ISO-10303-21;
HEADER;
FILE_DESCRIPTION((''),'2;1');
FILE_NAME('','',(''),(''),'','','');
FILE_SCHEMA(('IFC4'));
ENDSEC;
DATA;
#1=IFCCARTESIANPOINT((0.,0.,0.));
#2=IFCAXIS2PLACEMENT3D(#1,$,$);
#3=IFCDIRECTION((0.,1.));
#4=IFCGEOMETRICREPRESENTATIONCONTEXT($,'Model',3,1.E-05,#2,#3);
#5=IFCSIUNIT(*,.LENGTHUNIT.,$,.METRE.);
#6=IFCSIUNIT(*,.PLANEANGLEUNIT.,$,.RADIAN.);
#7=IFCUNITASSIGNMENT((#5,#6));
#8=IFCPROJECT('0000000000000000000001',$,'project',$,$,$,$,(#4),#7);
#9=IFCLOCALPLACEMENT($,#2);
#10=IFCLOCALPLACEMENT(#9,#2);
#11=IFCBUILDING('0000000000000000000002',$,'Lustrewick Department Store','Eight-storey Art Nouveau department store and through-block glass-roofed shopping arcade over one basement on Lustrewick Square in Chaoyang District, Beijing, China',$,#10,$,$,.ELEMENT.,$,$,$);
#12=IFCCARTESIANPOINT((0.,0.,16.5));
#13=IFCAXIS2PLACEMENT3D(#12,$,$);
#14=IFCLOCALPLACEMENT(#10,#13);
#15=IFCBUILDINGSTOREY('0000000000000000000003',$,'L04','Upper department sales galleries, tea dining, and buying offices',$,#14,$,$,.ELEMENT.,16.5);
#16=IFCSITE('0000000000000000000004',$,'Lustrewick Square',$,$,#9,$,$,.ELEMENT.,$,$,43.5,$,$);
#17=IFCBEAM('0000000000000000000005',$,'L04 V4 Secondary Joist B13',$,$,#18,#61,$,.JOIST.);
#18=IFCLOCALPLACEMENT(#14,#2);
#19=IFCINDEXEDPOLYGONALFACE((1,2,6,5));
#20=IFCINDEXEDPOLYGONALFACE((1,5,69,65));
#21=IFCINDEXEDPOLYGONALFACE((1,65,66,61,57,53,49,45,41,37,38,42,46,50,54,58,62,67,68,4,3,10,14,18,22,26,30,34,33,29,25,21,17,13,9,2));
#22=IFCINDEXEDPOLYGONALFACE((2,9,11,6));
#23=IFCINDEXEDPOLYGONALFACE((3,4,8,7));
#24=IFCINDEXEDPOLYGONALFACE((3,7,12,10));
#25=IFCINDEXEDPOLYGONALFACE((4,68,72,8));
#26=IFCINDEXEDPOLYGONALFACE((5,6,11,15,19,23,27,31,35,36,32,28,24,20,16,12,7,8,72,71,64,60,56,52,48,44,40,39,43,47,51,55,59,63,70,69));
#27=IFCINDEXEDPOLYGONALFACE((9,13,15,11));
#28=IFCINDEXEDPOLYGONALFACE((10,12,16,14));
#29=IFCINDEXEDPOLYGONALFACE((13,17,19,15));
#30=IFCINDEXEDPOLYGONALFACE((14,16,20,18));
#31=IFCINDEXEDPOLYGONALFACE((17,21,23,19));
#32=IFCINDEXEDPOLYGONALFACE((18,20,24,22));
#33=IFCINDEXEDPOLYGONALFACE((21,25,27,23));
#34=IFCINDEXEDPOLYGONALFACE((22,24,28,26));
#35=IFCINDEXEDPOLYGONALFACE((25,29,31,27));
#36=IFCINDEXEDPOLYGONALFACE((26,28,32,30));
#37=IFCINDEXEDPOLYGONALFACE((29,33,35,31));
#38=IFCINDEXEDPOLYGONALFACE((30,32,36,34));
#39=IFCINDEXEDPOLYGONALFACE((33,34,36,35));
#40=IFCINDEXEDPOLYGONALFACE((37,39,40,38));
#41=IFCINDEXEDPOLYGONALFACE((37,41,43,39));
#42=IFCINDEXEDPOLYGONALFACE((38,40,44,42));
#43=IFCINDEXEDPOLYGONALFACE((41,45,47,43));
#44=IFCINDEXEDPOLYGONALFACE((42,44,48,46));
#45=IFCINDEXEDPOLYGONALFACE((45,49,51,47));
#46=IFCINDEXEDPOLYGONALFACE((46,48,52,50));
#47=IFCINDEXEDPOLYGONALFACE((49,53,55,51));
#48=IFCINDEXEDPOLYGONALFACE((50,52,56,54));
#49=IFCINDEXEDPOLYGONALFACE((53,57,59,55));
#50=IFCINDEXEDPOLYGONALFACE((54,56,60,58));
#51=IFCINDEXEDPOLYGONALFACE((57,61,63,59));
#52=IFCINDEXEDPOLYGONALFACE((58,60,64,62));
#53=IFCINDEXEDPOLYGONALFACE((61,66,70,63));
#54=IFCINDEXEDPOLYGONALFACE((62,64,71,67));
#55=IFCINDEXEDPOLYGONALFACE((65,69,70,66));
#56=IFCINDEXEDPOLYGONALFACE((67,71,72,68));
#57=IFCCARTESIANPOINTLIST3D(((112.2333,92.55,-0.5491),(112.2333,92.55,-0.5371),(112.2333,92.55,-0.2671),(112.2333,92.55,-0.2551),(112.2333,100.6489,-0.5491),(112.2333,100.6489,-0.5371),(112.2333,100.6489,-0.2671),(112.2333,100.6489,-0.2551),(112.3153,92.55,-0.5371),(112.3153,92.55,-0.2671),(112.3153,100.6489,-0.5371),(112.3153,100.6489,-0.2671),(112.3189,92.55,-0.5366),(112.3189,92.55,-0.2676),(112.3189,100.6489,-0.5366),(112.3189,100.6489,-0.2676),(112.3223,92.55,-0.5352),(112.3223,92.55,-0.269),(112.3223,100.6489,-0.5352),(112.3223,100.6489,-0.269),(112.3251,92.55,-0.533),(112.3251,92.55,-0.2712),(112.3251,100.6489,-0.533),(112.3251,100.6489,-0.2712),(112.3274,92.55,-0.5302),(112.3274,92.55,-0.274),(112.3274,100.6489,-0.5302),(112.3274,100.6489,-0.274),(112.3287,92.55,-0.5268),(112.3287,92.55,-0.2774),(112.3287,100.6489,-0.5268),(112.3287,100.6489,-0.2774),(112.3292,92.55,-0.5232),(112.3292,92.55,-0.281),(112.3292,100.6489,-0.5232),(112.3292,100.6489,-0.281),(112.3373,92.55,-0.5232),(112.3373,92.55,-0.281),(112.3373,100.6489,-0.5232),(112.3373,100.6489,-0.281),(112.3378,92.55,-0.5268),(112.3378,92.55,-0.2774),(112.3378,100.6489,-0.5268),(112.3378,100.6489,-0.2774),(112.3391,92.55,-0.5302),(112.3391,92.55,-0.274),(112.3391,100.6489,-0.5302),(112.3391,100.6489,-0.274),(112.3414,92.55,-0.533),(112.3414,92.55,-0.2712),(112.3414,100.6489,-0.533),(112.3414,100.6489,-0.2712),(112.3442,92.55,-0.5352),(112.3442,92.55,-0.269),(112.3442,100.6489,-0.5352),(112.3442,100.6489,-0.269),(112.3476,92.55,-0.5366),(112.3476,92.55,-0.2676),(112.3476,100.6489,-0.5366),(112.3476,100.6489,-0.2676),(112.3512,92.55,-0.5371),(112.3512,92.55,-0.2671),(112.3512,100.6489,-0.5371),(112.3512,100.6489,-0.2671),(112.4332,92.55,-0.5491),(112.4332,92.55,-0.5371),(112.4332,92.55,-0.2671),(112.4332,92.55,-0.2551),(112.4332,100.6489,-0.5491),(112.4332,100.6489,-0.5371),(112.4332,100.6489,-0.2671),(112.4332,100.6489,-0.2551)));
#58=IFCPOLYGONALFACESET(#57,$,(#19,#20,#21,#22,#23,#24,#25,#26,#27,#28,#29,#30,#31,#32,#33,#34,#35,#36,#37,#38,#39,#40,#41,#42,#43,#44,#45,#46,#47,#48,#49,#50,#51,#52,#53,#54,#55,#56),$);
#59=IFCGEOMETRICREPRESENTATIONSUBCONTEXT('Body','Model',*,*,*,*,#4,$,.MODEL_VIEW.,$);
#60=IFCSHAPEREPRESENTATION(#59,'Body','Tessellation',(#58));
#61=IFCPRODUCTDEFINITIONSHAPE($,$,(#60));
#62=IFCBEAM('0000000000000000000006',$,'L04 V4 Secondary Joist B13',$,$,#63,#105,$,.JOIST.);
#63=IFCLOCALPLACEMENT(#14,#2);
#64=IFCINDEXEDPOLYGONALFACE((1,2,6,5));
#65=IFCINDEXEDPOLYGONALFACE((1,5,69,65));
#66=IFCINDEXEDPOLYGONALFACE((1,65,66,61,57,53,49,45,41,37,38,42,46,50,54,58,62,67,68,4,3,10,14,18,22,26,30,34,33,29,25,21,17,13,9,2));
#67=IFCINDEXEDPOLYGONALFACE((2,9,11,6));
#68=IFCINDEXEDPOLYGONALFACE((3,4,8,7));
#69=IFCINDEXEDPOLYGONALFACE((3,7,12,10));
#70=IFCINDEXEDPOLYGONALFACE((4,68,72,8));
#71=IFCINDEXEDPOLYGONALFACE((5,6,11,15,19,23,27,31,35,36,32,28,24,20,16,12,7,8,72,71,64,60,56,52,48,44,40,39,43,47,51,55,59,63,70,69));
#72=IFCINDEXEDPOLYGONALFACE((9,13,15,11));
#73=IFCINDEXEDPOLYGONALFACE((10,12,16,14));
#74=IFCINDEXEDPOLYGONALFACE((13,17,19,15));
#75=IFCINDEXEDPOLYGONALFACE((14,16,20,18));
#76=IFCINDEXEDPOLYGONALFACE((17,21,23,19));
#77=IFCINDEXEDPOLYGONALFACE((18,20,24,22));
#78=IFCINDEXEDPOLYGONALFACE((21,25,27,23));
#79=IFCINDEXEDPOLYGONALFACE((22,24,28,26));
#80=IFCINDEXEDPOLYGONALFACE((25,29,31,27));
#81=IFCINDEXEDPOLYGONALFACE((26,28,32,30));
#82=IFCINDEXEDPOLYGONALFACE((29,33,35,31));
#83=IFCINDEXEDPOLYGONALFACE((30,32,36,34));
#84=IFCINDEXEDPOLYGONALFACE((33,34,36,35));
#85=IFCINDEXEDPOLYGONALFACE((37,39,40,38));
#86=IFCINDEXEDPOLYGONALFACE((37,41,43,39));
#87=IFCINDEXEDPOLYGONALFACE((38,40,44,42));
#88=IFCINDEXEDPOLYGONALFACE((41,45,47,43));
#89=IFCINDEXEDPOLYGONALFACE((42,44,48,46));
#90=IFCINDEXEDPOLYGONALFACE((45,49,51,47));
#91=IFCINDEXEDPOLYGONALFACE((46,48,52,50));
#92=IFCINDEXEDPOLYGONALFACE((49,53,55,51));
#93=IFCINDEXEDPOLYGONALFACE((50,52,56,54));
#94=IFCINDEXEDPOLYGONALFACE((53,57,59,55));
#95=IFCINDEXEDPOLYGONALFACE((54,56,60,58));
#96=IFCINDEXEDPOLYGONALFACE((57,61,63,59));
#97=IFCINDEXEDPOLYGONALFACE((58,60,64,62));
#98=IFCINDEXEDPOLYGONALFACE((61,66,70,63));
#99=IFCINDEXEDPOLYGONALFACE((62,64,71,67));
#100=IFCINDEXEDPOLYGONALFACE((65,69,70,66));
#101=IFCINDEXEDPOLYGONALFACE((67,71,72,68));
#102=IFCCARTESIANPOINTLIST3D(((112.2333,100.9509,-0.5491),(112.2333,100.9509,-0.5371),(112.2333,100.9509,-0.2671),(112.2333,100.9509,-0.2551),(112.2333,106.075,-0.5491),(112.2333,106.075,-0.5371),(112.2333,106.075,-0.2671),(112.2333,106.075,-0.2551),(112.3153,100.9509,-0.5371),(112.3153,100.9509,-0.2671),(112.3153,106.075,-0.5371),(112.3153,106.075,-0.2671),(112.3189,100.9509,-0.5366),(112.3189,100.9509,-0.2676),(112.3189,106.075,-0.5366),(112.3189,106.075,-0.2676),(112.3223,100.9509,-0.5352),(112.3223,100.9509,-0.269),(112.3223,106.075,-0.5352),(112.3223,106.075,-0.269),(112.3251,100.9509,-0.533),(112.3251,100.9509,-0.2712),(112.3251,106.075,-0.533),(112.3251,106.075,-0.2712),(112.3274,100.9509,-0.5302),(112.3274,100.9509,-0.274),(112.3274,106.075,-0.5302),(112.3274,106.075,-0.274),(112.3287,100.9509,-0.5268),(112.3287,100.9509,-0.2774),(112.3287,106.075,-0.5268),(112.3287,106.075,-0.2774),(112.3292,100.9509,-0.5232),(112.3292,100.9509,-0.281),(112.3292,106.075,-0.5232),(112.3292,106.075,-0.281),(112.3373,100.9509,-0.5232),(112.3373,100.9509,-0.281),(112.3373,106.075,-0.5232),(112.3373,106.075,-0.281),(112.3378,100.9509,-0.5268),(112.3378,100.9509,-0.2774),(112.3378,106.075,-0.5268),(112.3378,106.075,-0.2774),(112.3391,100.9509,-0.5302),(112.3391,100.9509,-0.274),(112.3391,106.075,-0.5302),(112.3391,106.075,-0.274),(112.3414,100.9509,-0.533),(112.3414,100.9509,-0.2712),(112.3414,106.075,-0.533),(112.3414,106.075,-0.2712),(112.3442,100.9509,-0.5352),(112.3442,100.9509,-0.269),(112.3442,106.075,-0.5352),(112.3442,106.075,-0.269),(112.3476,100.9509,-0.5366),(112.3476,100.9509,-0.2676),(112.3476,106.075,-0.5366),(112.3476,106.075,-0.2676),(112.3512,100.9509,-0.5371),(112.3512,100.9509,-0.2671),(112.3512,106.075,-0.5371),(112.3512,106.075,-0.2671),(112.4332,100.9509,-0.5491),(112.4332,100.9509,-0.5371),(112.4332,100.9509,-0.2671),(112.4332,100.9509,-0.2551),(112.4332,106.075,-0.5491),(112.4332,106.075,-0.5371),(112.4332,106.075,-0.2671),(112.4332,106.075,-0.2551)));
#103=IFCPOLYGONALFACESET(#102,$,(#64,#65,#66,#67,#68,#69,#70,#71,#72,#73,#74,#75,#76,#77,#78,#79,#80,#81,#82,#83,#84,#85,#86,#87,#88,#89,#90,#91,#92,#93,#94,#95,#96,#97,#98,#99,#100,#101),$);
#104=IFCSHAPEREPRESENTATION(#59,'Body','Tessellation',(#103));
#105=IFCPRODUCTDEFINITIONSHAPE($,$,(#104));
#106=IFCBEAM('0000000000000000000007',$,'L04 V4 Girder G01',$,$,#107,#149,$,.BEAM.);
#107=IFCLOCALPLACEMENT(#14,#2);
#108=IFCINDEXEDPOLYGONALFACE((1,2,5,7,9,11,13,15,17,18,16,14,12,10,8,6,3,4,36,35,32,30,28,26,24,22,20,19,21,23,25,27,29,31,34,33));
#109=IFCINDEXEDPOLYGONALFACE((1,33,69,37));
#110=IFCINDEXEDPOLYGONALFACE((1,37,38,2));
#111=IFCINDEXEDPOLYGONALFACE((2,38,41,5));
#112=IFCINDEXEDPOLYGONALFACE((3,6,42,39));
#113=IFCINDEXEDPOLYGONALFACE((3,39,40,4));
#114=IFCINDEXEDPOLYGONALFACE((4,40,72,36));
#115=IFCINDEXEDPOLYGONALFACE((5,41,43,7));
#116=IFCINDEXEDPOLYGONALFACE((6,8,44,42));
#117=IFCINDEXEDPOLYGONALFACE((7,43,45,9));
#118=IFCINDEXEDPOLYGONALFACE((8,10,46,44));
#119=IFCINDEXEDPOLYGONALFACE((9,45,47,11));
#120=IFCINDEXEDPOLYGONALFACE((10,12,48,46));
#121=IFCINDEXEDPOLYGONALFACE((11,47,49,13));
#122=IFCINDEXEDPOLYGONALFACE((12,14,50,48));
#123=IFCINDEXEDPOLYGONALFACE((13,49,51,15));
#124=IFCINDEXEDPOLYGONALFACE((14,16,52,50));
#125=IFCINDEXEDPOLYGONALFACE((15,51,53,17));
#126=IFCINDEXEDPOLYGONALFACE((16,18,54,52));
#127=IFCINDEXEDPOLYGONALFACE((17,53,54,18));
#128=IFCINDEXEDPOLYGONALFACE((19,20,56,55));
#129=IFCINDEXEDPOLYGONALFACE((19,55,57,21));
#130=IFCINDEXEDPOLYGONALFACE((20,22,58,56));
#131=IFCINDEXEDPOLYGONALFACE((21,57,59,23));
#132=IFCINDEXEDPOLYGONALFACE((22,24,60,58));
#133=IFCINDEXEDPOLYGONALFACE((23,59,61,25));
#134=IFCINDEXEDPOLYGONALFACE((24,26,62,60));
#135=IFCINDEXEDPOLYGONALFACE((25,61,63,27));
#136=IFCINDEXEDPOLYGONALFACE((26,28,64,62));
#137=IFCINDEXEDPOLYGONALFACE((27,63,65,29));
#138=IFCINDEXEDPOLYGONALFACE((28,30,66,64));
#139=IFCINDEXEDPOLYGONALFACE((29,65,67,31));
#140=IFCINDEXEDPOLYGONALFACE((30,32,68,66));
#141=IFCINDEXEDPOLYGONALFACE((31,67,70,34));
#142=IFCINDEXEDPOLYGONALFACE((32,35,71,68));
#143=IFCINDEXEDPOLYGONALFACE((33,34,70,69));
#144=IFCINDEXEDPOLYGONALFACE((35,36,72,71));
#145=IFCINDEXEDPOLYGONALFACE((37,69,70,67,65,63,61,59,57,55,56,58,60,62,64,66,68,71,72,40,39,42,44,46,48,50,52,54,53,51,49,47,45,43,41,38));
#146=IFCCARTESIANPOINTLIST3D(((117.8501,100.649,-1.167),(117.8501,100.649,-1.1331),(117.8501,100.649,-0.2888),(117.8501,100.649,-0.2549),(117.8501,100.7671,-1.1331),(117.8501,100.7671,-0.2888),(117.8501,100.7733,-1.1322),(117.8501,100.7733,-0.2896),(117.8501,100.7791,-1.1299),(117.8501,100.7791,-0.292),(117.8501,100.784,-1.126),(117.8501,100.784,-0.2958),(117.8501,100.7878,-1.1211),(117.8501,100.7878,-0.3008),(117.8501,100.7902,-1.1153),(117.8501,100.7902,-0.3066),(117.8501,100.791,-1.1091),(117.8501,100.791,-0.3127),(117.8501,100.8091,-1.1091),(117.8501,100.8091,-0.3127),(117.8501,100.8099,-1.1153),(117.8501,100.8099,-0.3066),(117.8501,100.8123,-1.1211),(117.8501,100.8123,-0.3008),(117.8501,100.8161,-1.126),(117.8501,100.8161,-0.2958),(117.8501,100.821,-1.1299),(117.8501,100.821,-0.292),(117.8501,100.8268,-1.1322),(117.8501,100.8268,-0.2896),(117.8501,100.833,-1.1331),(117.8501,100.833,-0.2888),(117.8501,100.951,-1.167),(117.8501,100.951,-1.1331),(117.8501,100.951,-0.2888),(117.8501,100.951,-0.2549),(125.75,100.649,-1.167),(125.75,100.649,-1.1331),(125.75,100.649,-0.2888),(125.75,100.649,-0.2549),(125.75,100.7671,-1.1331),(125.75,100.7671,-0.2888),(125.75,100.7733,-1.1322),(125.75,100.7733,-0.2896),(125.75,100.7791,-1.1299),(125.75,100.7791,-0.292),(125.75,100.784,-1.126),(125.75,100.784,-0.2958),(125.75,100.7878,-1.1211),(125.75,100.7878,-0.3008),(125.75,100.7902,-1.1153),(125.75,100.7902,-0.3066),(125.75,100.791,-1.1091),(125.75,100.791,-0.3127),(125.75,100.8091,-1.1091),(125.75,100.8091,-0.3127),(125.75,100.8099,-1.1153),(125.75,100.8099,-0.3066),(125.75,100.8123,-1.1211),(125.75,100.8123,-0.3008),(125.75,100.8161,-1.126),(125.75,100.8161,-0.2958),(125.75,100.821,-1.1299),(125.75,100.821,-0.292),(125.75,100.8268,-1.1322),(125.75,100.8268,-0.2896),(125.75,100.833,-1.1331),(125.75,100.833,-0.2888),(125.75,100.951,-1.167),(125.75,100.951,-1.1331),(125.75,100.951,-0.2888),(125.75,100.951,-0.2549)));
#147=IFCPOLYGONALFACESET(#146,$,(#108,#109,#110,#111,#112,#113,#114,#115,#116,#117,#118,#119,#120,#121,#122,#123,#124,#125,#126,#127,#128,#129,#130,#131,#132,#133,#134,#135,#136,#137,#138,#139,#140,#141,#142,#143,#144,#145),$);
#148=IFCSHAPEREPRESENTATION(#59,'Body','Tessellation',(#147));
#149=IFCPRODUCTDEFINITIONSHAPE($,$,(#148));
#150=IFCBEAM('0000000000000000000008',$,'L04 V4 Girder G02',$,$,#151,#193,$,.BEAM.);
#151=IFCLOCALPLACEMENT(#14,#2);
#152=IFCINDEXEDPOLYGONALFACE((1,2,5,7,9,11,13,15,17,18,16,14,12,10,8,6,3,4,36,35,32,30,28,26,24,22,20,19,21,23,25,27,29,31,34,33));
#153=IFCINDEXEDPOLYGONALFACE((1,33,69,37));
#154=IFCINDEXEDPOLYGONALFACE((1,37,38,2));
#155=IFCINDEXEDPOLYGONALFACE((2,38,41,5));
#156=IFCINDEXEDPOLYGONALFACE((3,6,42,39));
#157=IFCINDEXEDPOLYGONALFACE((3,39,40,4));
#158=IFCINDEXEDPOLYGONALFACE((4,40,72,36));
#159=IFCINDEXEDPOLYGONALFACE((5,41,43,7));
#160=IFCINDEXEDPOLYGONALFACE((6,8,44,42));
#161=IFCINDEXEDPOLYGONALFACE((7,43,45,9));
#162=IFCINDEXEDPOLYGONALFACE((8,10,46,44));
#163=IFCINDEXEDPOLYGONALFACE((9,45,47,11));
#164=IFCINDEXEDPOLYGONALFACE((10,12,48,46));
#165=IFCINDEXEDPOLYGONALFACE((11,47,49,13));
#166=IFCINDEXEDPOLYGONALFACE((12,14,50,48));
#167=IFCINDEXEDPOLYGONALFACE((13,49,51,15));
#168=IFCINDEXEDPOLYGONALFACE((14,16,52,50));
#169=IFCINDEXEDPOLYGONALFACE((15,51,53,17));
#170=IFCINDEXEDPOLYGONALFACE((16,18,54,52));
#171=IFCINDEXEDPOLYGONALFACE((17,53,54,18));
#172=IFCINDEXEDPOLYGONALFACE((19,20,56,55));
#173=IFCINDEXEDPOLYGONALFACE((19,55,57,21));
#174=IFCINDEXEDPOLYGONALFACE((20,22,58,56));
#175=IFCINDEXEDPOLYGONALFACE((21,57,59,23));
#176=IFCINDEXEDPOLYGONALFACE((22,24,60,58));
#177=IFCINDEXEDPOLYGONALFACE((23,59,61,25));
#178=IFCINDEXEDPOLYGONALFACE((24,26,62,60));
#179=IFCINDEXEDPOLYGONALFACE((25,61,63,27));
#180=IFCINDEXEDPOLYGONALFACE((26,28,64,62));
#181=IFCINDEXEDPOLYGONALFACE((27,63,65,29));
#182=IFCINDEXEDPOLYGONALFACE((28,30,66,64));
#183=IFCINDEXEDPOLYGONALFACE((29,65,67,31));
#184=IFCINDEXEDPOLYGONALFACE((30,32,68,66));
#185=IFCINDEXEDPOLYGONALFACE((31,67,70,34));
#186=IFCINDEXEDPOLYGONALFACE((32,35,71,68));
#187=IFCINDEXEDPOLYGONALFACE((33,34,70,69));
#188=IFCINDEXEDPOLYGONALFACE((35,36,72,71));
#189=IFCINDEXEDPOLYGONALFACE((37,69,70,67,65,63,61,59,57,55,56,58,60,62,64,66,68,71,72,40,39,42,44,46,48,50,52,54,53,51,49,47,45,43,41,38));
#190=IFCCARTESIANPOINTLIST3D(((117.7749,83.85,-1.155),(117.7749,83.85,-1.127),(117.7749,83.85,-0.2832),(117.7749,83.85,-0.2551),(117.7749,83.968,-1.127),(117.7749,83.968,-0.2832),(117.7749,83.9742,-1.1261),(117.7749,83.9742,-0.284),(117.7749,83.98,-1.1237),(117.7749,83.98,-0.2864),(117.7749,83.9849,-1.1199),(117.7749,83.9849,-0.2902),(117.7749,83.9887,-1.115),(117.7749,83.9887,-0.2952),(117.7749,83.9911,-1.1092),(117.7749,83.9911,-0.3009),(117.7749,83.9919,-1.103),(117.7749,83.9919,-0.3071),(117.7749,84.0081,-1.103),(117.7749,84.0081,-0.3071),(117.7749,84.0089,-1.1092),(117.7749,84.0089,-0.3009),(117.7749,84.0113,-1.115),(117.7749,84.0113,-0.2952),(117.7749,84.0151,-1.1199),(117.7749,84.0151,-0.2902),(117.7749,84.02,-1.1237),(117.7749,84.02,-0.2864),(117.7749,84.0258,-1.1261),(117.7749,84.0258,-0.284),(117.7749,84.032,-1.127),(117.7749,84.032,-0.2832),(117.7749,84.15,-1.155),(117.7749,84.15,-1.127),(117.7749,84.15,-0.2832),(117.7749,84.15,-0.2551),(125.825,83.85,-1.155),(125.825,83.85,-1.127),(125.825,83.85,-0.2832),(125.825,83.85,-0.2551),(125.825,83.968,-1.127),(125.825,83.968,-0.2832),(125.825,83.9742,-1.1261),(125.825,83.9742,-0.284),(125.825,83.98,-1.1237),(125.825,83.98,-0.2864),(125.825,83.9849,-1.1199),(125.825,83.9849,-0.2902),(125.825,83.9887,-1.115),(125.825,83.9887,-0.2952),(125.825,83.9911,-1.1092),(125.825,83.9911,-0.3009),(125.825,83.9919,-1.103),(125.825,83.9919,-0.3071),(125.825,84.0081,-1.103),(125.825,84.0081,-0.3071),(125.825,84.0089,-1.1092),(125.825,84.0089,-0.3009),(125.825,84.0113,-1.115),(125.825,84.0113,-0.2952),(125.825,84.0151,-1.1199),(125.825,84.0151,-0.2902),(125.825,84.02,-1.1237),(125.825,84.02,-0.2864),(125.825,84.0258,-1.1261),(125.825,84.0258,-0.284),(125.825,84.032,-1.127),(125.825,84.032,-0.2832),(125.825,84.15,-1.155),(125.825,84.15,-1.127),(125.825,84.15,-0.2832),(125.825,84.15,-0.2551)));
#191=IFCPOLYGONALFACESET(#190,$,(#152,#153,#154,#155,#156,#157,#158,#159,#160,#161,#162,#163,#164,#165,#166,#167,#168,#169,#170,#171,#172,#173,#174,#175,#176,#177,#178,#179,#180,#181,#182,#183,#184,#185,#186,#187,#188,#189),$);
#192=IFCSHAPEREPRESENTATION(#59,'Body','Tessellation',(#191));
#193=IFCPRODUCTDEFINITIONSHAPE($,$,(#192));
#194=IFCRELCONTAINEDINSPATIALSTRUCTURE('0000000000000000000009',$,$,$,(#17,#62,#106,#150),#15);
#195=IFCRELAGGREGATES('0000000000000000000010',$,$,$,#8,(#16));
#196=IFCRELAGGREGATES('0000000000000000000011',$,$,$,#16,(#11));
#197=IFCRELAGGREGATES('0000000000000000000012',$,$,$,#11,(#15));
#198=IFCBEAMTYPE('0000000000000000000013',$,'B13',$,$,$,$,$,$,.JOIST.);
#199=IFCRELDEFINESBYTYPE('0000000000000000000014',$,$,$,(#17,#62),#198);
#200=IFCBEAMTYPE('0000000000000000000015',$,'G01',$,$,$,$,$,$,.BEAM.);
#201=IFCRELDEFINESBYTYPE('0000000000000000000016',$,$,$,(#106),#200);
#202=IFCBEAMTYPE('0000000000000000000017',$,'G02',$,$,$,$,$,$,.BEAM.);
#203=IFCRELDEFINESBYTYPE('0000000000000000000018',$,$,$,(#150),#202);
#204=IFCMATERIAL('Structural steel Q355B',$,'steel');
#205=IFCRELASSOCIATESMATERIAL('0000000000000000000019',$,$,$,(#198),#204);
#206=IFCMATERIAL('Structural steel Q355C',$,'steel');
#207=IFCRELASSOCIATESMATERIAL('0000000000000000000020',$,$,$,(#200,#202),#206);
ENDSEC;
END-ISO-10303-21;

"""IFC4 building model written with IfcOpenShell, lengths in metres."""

from ifc_helpers import new_model, si_unit, direction, frame, origin, origin_2d, place, context, subcontext, project, spatial, i_section, extrude, material, material_profile, profile_set, type_object, element, save


model = new_model("IFC4")

# Units and contexts
model_context = context("Model", 3, precision=1e-05, world=origin(), true_north=direction((0.0, 1.0)))
body_context = subcontext(model_context, "Body", "Model", "MODEL_VIEW")
ifc_project = project(units=[si_unit("LENGTHUNIT", "METRE"), si_unit("PLANEANGLEUNIT", "RADIAN")], contexts=[model_context])

# Site, building, storey
site_placement = place(None, origin())
site = spatial("IfcSite", under=ifc_project, at=site_placement, Name="Lustrewick Square", CompositionType="ELEMENT", RefElevation=43.5)
building_placement = place(site_placement, origin())
building = spatial("IfcBuilding", under=site, at=building_placement, Name="Lustrewick Department Store", Description="Eight-storey Art Nouveau department store and through-block glass-roofed shopping arcade over one basement on Lustrewick Square in Chaoyang District, Beijing, China", CompositionType="ELEMENT")
storey_placement = place(building_placement, frame((0.0, 0.0, 16.5)))
storey = spatial("IfcBuildingStorey", under=building, at=storey_placement, Name="L04", Description="Upper department sales galleries, tea dining, and buying offices", CompositionType="ELEMENT", Elevation=16.5)

# Shared definitions
ifc_material_1 = material(Name="Structural steel Q355C", Category="steel")
ifc_material_2 = material(Name="Structural steel Q355B", Category="steel")

# Beams
ifc_material_profile_1 = material_profile(ifc_material_2, i_section(OverallWidth=0.2, OverallDepth=0.2939, WebThickness=0.0081, FlangeThickness=0.012, FilletRadius=0.0139, at=origin_2d()), Name="HM 294x200x8x12")
ifc_profile_set_1 = profile_set([ifc_material_profile_1], Name="Structural steel Q355B")
beam_type_1 = type_object("IfcBeamType", Name="B13", PredefinedType="JOIST", material=ifc_profile_set_1)
beam_1_placement = place(storey_placement, frame((112.3333, 92.55, -0.4021), z_axis=(0.0, 1.0, 0.0), x_axis=(-1.0, 0.0, 0.0)))
element("IfcBeam", 1, at=beam_1_placement, inside=storey, type_object=beam_type_1, Name="L04 V4 Secondary Joist B13", PredefinedType="JOIST", context=body_context, shape_type="SweptSolid", body=[
    extrude(i_section(OverallWidth=0.2, OverallDepth=0.2939, WebThickness=0.0081, FlangeThickness=0.012, FilletRadius=0.0139, at=origin_2d()), origin(), (0.0, 0.0, 1.0), 8.0989),
])
beam_2_placement = place(storey_placement, frame((112.3333, 100.9509, -0.4021), z_axis=(0.0, 1.0, 0.0), x_axis=(-1.0, 0.0, 0.0)))
element("IfcBeam", 2, at=beam_2_placement, inside=storey, type_object=beam_type_1, Name="L04 V4 Secondary Joist B13", PredefinedType="JOIST", context=body_context, shape_type="SweptSolid", body=[
    extrude(i_section(OverallWidth=0.2, OverallDepth=0.2939, WebThickness=0.0081, FlangeThickness=0.012, FilletRadius=0.0139, at=origin_2d()), origin(), (0.0, 0.0, 1.0), 5.124),
])
ifc_material_profile_2 = material_profile(ifc_material_1, i_section(OverallWidth=0.302, OverallDepth=0.9121, WebThickness=0.0181, FlangeThickness=0.0339, FilletRadius=0.0239, at=origin_2d()), Name="HN 912x302x18x34")
ifc_profile_set_2 = profile_set([ifc_material_profile_2], Name="Structural steel Q355C")
beam_type_2 = type_object("IfcBeamType", Name="G01", PredefinedType="BEAM", material=ifc_profile_set_2)
beam_3_placement = place(storey_placement, frame((117.8501, 100.8, -0.7109), z_axis=(1.0, 0.0, 0.0), x_axis=(0.0, 1.0, 0.0)))
element("IfcBeam", 3, at=beam_3_placement, inside=storey, type_object=beam_type_2, Name="L04 V4 Girder G01", PredefinedType="BEAM", context=body_context, shape_type="SweptSolid", body=[
    extrude(i_section(OverallWidth=0.302, OverallDepth=0.9121, WebThickness=0.0181, FlangeThickness=0.0339, FilletRadius=0.0239, at=origin_2d()), origin(), (0.0, 0.0, 1.0), 7.8999),
])
ifc_material_profile_3 = material_profile(ifc_material_1, i_section(OverallWidth=0.3, OverallDepth=0.8999, WebThickness=0.0161, FlangeThickness=0.0281, FilletRadius=0.0239, at=origin_2d()), Name="HN 900x300x16x28")
ifc_profile_set_3 = profile_set([ifc_material_profile_3], Name="Structural steel Q355C")
beam_type_3 = type_object("IfcBeamType", Name="G02", PredefinedType="BEAM", material=ifc_profile_set_3)
beam_4_placement = place(storey_placement, frame((117.7749, 84.0, -0.7051), z_axis=(1.0, 0.0, 0.0), x_axis=(0.0, 1.0, 0.0)))
element("IfcBeam", 4, at=beam_4_placement, inside=storey, type_object=beam_type_3, Name="L04 V4 Girder G02", PredefinedType="BEAM", context=body_context, shape_type="SweptSolid", body=[
    extrude(i_section(OverallWidth=0.3, OverallDepth=0.8999, WebThickness=0.0161, FlangeThickness=0.0281, FilletRadius=0.0239, at=origin_2d()), origin(), (0.0, 0.0, 1.0), 8.05),
])

save(model, "model.ifc")
